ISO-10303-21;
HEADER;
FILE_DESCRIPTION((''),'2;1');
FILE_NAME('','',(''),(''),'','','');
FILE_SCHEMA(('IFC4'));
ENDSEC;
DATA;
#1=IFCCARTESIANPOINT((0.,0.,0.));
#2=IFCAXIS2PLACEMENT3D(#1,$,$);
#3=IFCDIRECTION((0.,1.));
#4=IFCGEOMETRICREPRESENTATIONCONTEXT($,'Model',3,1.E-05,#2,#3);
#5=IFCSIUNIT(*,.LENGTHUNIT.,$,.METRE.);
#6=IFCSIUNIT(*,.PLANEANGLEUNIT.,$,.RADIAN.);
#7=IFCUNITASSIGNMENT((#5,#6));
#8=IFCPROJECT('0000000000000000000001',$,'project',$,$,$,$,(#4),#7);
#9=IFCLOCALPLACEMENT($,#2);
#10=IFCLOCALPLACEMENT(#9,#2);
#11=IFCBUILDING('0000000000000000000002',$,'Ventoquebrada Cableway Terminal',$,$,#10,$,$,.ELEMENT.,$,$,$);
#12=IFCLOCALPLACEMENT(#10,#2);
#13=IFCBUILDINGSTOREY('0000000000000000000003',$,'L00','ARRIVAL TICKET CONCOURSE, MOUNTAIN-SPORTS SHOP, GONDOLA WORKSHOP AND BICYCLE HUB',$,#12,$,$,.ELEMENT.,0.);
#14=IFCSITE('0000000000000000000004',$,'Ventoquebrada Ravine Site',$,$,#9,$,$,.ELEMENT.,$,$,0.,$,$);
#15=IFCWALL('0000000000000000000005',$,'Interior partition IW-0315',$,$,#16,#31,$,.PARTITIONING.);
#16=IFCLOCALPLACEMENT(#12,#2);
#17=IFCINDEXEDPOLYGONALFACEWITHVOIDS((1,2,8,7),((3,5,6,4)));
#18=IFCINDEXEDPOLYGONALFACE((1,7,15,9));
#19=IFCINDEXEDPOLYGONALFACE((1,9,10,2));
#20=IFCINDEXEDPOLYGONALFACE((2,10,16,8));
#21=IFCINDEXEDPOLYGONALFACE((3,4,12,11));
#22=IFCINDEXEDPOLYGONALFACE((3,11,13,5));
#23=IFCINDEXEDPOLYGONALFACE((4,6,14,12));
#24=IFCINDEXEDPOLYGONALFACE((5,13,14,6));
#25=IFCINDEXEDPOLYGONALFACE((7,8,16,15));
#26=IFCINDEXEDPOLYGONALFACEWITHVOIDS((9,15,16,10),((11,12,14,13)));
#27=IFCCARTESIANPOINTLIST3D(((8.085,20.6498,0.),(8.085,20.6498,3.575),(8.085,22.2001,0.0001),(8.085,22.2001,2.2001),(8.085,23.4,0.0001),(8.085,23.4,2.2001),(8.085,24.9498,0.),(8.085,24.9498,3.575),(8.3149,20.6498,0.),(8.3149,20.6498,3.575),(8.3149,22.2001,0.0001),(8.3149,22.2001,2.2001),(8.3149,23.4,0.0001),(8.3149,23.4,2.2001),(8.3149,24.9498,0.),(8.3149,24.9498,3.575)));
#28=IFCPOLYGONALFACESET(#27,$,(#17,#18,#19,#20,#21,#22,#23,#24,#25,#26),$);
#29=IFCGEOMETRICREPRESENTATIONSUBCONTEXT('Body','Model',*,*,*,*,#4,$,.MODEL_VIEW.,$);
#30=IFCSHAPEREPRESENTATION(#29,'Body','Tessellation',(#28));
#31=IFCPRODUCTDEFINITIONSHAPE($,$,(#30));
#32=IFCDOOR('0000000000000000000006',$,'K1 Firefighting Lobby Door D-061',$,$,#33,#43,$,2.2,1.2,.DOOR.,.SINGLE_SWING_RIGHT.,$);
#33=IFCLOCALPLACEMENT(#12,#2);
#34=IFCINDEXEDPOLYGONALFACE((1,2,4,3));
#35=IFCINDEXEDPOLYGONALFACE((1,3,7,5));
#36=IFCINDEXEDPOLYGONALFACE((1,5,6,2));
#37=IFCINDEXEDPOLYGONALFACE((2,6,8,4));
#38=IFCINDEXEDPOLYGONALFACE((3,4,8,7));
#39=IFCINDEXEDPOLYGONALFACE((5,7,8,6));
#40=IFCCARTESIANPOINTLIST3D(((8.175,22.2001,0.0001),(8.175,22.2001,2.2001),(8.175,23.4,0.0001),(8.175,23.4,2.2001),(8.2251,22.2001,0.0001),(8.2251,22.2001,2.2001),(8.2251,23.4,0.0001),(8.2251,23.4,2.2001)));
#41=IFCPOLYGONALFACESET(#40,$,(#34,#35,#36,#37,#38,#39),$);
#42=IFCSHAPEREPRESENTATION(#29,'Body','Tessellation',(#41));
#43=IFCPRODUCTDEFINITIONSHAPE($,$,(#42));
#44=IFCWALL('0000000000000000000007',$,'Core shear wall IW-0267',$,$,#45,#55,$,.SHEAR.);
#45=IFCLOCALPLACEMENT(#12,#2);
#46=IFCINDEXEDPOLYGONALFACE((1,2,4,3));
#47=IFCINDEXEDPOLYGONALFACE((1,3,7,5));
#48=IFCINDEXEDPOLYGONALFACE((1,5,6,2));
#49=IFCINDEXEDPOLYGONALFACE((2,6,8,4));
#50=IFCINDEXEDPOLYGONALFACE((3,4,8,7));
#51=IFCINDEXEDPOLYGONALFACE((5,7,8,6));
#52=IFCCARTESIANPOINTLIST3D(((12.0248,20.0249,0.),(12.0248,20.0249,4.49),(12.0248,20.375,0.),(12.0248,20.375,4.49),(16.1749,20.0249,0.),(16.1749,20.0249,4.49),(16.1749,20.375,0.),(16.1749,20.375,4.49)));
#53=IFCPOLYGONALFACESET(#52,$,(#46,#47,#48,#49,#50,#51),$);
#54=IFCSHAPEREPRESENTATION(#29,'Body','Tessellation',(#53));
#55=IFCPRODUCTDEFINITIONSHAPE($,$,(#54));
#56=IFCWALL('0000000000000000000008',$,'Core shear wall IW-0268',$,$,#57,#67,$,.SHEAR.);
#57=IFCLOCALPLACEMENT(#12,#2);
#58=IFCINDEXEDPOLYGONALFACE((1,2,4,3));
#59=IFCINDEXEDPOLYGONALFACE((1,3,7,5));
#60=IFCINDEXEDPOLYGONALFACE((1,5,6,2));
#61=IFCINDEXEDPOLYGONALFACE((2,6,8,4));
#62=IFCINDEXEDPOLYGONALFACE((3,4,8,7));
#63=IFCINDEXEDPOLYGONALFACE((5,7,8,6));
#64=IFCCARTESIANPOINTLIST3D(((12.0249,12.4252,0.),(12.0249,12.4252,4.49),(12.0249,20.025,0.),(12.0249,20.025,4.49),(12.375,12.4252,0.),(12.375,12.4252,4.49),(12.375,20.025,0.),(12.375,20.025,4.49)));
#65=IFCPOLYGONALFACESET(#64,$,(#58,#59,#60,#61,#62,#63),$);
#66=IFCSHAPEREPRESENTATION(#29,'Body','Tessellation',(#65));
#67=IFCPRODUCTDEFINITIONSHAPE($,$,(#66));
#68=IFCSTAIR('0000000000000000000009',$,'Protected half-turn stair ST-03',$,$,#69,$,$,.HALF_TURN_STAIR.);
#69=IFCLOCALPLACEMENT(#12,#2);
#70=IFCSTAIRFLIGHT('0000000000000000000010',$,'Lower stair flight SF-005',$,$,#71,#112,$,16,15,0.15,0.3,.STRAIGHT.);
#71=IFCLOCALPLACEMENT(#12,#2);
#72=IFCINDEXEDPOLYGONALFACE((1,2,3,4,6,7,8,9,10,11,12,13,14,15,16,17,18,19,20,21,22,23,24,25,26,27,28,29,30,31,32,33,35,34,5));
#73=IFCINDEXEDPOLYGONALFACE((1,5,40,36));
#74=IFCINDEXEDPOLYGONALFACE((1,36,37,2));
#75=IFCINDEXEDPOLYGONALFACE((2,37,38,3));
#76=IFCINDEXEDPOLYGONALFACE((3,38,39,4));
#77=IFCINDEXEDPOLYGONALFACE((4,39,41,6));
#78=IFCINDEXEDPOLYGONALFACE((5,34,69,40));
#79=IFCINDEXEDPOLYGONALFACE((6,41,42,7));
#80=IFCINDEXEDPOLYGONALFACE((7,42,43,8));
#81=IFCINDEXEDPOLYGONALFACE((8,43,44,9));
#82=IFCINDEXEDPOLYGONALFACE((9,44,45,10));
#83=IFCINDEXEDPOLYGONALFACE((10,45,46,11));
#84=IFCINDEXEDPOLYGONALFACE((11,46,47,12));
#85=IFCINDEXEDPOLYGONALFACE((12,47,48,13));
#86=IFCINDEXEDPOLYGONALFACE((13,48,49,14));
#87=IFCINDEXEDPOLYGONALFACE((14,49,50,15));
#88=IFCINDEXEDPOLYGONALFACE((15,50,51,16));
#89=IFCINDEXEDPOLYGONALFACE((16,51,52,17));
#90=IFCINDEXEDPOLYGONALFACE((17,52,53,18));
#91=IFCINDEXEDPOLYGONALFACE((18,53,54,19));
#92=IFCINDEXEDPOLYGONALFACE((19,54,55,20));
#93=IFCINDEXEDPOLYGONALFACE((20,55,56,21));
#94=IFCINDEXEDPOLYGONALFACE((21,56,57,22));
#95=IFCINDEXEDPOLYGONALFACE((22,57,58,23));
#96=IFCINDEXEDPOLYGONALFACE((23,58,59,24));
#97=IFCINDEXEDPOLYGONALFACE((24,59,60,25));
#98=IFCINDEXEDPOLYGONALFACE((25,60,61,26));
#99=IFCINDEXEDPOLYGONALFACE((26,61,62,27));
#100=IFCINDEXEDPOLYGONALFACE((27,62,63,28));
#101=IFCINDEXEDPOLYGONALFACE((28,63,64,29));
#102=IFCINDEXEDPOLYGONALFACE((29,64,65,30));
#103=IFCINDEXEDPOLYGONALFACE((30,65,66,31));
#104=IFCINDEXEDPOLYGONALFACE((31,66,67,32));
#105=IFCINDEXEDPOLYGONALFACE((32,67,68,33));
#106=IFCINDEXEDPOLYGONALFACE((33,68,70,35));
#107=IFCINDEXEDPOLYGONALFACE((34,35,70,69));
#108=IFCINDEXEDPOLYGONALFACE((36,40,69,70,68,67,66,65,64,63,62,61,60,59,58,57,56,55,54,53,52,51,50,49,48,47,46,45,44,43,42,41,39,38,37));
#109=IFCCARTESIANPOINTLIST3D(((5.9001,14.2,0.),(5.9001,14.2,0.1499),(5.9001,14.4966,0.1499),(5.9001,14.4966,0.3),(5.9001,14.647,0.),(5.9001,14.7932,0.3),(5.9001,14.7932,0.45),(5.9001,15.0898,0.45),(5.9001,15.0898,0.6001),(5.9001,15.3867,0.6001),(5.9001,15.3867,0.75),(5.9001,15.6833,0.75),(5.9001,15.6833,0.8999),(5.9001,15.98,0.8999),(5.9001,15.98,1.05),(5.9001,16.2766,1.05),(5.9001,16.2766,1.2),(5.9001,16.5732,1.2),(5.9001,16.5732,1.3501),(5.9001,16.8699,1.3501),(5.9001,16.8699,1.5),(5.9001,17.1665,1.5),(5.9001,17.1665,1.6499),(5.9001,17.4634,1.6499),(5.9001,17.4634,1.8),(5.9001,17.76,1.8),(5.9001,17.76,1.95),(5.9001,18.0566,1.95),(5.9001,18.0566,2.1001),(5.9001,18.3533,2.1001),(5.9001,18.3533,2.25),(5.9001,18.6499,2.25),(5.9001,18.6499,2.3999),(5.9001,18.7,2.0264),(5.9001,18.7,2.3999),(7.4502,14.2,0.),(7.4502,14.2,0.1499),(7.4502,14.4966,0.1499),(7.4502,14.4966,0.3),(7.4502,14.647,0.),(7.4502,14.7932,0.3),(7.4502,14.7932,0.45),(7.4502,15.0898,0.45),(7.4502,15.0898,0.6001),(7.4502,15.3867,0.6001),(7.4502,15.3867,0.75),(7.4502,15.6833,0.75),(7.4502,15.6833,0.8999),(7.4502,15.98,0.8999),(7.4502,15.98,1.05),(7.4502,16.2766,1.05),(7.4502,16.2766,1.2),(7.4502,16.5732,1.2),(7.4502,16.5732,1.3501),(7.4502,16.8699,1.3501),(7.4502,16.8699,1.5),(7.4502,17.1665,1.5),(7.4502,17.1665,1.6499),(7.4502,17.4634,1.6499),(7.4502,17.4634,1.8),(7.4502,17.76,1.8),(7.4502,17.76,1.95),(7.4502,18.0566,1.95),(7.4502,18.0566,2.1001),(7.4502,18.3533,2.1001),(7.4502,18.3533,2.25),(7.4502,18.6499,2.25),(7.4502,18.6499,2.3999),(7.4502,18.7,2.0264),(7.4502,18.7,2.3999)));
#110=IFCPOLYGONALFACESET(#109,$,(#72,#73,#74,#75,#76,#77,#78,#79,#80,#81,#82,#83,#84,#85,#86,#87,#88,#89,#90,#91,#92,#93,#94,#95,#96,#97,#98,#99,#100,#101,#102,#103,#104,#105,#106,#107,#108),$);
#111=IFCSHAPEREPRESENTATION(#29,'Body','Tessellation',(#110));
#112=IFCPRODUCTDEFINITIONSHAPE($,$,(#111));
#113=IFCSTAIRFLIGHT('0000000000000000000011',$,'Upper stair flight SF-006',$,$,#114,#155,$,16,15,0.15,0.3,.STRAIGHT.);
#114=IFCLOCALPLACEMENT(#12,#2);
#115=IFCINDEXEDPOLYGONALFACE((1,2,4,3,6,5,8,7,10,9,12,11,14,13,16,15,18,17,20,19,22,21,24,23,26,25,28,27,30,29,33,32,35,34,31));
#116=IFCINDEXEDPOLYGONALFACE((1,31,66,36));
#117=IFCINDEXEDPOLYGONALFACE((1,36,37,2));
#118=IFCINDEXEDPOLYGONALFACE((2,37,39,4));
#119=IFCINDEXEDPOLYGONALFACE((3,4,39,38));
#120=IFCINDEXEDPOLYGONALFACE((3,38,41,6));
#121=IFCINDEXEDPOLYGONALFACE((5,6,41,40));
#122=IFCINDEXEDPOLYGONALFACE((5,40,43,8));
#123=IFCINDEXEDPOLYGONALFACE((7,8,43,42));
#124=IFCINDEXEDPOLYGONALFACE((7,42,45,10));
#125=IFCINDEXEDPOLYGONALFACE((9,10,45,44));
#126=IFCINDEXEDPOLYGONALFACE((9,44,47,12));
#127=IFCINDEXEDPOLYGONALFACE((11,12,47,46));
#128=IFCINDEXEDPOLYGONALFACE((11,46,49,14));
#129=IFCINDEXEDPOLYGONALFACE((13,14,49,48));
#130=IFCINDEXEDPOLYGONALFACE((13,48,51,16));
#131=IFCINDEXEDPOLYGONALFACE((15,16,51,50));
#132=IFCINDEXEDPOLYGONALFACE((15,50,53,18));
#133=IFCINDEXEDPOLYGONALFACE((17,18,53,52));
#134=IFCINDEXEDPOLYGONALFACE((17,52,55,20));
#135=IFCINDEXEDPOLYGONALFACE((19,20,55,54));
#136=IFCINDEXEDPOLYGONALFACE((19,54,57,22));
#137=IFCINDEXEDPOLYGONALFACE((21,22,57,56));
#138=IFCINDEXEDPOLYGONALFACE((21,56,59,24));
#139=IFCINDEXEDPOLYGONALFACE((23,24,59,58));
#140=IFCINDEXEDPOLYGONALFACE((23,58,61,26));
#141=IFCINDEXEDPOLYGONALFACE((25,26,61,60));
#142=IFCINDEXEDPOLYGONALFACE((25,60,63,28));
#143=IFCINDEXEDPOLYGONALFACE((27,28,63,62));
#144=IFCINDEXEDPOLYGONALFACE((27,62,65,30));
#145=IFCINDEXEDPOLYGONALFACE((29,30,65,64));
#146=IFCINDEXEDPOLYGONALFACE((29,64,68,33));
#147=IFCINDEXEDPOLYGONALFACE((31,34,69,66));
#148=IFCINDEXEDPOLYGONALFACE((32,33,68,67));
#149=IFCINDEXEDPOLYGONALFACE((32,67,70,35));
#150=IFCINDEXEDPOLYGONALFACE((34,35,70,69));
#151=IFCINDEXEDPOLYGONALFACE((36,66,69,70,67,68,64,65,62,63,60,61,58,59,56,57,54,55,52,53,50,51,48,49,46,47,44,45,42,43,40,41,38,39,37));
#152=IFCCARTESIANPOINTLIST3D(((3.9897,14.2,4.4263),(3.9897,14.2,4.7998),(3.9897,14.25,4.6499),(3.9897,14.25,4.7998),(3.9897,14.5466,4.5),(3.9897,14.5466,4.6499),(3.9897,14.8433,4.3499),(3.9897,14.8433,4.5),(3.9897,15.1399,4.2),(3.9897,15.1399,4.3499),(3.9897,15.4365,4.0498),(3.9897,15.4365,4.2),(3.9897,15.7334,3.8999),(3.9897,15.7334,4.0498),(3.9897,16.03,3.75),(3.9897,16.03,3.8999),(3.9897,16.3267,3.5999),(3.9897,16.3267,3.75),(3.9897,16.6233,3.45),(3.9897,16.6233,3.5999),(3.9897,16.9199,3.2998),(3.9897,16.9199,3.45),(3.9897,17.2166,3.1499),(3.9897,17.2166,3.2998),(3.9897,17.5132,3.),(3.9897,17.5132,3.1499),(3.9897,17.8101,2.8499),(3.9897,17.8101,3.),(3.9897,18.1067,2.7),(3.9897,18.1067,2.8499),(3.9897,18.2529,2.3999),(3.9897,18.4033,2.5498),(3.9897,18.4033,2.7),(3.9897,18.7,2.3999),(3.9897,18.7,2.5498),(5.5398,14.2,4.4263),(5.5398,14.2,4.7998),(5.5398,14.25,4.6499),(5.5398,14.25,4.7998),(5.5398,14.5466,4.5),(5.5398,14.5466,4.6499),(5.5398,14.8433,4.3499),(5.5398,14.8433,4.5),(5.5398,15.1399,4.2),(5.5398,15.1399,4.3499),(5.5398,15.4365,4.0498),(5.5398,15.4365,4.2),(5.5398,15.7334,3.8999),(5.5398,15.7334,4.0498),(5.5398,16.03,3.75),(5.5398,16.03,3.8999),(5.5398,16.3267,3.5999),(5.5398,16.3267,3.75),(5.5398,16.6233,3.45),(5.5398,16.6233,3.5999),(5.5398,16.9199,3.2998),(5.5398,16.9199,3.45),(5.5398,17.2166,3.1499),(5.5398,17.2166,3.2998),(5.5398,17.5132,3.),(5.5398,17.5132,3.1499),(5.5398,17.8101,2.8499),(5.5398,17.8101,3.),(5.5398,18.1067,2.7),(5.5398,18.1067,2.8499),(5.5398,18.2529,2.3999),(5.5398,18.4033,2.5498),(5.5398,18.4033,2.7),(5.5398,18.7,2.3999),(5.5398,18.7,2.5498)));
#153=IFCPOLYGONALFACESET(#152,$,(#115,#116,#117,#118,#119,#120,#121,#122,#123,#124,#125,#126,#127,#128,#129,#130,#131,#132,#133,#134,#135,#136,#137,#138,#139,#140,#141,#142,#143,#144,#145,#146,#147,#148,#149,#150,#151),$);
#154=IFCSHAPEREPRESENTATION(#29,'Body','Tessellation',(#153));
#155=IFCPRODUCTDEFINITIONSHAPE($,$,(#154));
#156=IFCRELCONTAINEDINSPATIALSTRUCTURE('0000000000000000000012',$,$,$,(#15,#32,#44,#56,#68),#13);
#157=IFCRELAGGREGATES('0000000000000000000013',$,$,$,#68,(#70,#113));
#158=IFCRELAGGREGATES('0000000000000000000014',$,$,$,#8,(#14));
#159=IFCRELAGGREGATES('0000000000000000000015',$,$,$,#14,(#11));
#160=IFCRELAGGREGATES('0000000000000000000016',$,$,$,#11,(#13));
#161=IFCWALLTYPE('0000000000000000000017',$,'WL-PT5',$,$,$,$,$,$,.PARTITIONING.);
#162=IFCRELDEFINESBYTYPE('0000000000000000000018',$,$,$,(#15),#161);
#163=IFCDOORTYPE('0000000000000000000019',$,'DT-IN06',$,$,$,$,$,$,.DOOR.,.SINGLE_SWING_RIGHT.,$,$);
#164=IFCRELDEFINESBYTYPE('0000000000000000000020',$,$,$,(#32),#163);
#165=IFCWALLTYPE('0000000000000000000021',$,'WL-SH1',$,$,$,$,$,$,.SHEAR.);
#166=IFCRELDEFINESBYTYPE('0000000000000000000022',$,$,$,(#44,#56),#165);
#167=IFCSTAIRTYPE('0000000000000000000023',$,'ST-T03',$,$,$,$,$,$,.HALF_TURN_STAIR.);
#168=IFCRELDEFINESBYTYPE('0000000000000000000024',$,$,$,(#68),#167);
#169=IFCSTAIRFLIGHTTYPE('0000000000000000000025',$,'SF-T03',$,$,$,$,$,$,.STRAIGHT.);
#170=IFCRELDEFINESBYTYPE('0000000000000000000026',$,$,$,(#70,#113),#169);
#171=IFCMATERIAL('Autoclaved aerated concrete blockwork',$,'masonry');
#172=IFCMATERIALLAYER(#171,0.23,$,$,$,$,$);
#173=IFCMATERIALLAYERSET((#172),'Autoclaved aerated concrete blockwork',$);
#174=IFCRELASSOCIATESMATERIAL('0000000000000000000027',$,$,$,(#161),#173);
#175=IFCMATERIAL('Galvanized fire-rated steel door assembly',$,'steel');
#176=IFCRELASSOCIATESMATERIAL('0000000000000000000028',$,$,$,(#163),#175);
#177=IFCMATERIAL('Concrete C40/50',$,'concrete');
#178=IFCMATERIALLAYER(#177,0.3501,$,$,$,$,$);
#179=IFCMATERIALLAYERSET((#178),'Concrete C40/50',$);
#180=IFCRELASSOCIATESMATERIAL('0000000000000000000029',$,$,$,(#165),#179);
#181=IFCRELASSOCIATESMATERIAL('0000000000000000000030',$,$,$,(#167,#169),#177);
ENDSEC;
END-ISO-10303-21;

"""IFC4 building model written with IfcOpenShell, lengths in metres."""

from ifc_helpers import new_model, si_unit, direction, frame, frame_2d, origin, place, context, subcontext, project, spatial, polyline, rectangle, outline, extrude, material, layer, layer_set, type_object, element, fill, aggregate, save


model = new_model("IFC4")

# Units and contexts
model_context = context("Model", 3, precision=1e-05, world=origin(), true_north=direction((0.0, 1.0)))
body_context = subcontext(model_context, "Body", "Model", "MODEL_VIEW")
ifc_project = project(units=[si_unit("LENGTHUNIT", "METRE"), si_unit("PLANEANGLEUNIT", "RADIAN")], contexts=[model_context])

# Site, building, storey
site_placement = place(None, origin())
site = spatial("IfcSite", under=ifc_project, at=site_placement, Name="Ventoquebrada Ravine Site", CompositionType="ELEMENT", RefElevation=0.0)
building_placement = place(site_placement, origin())
building = spatial("IfcBuilding", under=site, at=building_placement, Name="Ventoquebrada Cableway Terminal", CompositionType="ELEMENT")
storey_placement = place(building_placement, origin())
storey = spatial("IfcBuildingStorey", under=building, at=storey_placement, Name="L00", Description="ARRIVAL TICKET CONCOURSE, MOUNTAIN-SPORTS SHOP, GONDOLA WORKSHOP AND BICYCLE HUB", CompositionType="ELEMENT", Elevation=0.0)

# Shared definitions
ifc_material_1 = material(Name="Concrete C40/50", Category="concrete")

# Wall, opening, door
ifc_material_2 = material(Name="Autoclaved aerated concrete blockwork", Category="masonry")
ifc_layer_1 = layer(ifc_material_2, 0.23)
ifc_layer_set_1 = layer_set([ifc_layer_1], Name="Autoclaved aerated concrete blockwork")
wall_type_1 = type_object("IfcWallType", Name="WL-PT5", PredefinedType="PARTITIONING", material=ifc_layer_set_1)
wall_1_placement = place(storey_placement, frame((8.2, 20.6499, 0.0), z_axis=(0.0, 0.0, 1.0), x_axis=(0.0, 1.0, 0.0)))
wall_1 = element("IfcWall", 1, at=wall_1_placement, inside=storey, type_object=wall_type_1, Name="Interior partition IW-0315", PredefinedType="PARTITIONING", context=body_context, shape_type="SweptSolid", body=[
    extrude(rectangle(XDim=4.3, YDim=0.23, at=frame_2d((2.1499, 0.0))), origin(), (0.0, 0.0, 1.0), 3.575),
])
opening_1_placement = place(wall_1_placement, frame((1.55, 0.0, 0.0)))
opening_1 = element("IfcOpeningElement", 2, at=opening_1_placement, cuts=wall_1, PredefinedType="OPENING", context=body_context, shape_type="SweptSolid", body=[
    extrude(rectangle(XDim=1.2, YDim=2.2, at=frame_2d((0.6001, 1.1001))), frame((0.0, 0.125, 0.0), z_axis=(0.0, -1.0, 0.0), x_axis=(1.0, 0.0, 0.0)), (0.0, 0.0, 1.0), 0.25),
])
ifc_material_3 = material(Name="Galvanized fire-rated steel door assembly", Category="steel")
door_type = type_object("IfcDoorType", Name="DT-IN06", OperationType="SINGLE_SWING_RIGHT", PredefinedType="DOOR", material=ifc_material_3)
door_placement = place(opening_1_placement, origin())
door = element("IfcDoor", 3, at=door_placement, inside=storey, type_object=door_type, Name="K1 Firefighting Lobby Door D-061", OperationType="SINGLE_SWING_RIGHT", OverallHeight=2.2, OverallWidth=1.2, PredefinedType="DOOR", context=body_context, shape_type="SweptSolid", body=[
    extrude(rectangle(XDim=1.2, YDim=2.2, at=frame_2d((0.6001, 1.1001))), frame((0.0, 0.0249, 0.0), z_axis=(0.0, -1.0, 0.0), x_axis=(1.0, 0.0, 0.0)), (0.0, 0.0, 1.0), 0.05),
])
fill(opening_1, door)

# Walls
ifc_layer_2 = layer(ifc_material_1, 0.3501)
ifc_layer_set_2 = layer_set([ifc_layer_2], Name="Concrete C40/50")
wall_type_2 = type_object("IfcWallType", Name="WL-SH1", PredefinedType="SHEAR", material=ifc_layer_set_2)
wall_2_placement = place(storey_placement, frame((16.175, 20.2, 0.0), z_axis=(0.0, 0.0, 1.0), x_axis=(-1.0, 0.0, 0.0)))
element("IfcWall", 4, at=wall_2_placement, inside=storey, type_object=wall_type_2, Name="Core shear wall IW-0267", PredefinedType="SHEAR", context=body_context, shape_type="SweptSolid", body=[
    extrude(rectangle(XDim=4.1501, YDim=0.3501, at=frame_2d((2.0752, 0.0))), origin(), (0.0, 0.0, 1.0), 4.49),
])
wall_3_placement = place(storey_placement, frame((12.2, 20.0249, 0.0), z_axis=(0.0, 0.0, 1.0), x_axis=(0.0, -1.0, 0.0)))
element("IfcWall", 5, at=wall_3_placement, inside=storey, type_object=wall_type_2, Name="Core shear wall IW-0268", PredefinedType="SHEAR", context=body_context, shape_type="SweptSolid", body=[
    extrude(rectangle(XDim=7.5999, YDim=0.3501, at=frame_2d((3.7998, 0.0))), origin(), (0.0, 0.0, 1.0), 4.49),
])

# Stair, stair flights
stair_type = type_object("IfcStairType", Name="ST-T03", PredefinedType="HALF_TURN_STAIR", material=ifc_material_1)
stair_1_placement = place(storey_placement, origin())
stair_1 = element("IfcStair", 6, at=stair_1_placement, inside=storey, type_object=stair_type, Name="Protected half-turn stair ST-03", PredefinedType="HALF_TURN_STAIR")
stair_flight_type = type_object("IfcStairFlightType", Name="SF-T03", PredefinedType="STRAIGHT", material=ifc_material_1)
stair_flight_1_placement = place(storey_placement, frame((6.675, 14.2, 0.0), z_axis=(0.0, 0.0, 1.0), x_axis=(0.0, 1.0, 0.0)))
stair_flight_1 = element("IfcStairFlight", 7, at=stair_flight_1_placement, type_object=stair_flight_type, Name="Lower stair flight SF-005", NumberOfRisers=16, NumberOfTreads=15, PredefinedType="STRAIGHT", RiserHeight=0.15, TreadLength=0.3, context=body_context, shape_type="SweptSolid", body=[
    extrude(outline(polyline([(0.0, 0.0), (0.0, 0.1499), (0.2966, 0.1499), (0.2966, 0.3), (0.5933, 0.3), (0.5933, 0.45), (0.8899, 0.45), (0.8899, 0.6001), (1.1868, 0.6001), (1.1868, 0.75), (1.4834, 0.75), (1.4834, 0.8999), (1.78, 0.8999), (1.78, 1.05), (2.0767, 1.05), (2.0767, 1.2), (2.3733, 1.2), (2.3733, 1.3501), (2.6699, 1.3501), (2.6699, 1.5), (2.9666, 1.5), (2.9666, 1.6499), (3.2634, 1.6499), (3.2634, 1.8), (3.5601, 1.8), (3.5601, 1.95), (3.8567, 1.95), (3.8567, 2.1001), (4.1533, 2.1001), (4.1533, 2.25), (4.45, 2.25), (4.45, 2.3999), (4.5, 2.3999), (4.5, 2.0264), (0.447, 0.0), (0.0, 0.0)])), frame((0.0, 0.7749, 0.0), z_axis=(0.0, -1.0, 0.0), x_axis=(1.0, 0.0, 0.0)), (0.0, 0.0, 1.0), 1.55),
])
stair_flight_2_placement = place(storey_placement, frame((4.7649, 18.7, 2.3999), z_axis=(0.0, 0.0, 1.0), x_axis=(0.0, -1.0, 0.0)))
stair_flight_2 = element("IfcStairFlight", 8, at=stair_flight_2_placement, type_object=stair_flight_type, Name="Upper stair flight SF-006", NumberOfRisers=16, NumberOfTreads=15, PredefinedType="STRAIGHT", RiserHeight=0.15, TreadLength=0.3, context=body_context, shape_type="SweptSolid", body=[
    extrude(outline(polyline([(0.0, 0.0), (0.0, 0.1499), (0.2966, 0.1499), (0.2966, 0.3), (0.5933, 0.3), (0.5933, 0.45), (0.8899, 0.45), (0.8899, 0.6001), (1.1868, 0.6001), (1.1868, 0.75), (1.4834, 0.75), (1.4834, 0.8999), (1.78, 0.8999), (1.78, 1.05), (2.0767, 1.05), (2.0767, 1.2), (2.3733, 1.2), (2.3733, 1.3501), (2.6699, 1.3501), (2.6699, 1.5), (2.9666, 1.5), (2.9666, 1.6499), (3.2634, 1.6499), (3.2634, 1.8), (3.5601, 1.8), (3.5601, 1.95), (3.8567, 1.95), (3.8567, 2.1001), (4.1533, 2.1001), (4.1533, 2.25), (4.45, 2.25), (4.45, 2.3999), (4.5, 2.3999), (4.5, 2.0264), (0.447, 0.0), (0.0, 0.0)])), frame((0.0, 0.7749, 0.0), z_axis=(0.0, -1.0, 0.0), x_axis=(1.0, 0.0, 0.0)), (0.0, 0.0, 1.0), 1.55),
])
aggregate(stair_1, [stair_flight_1, stair_flight_2])

save(model, "model.ifc")
